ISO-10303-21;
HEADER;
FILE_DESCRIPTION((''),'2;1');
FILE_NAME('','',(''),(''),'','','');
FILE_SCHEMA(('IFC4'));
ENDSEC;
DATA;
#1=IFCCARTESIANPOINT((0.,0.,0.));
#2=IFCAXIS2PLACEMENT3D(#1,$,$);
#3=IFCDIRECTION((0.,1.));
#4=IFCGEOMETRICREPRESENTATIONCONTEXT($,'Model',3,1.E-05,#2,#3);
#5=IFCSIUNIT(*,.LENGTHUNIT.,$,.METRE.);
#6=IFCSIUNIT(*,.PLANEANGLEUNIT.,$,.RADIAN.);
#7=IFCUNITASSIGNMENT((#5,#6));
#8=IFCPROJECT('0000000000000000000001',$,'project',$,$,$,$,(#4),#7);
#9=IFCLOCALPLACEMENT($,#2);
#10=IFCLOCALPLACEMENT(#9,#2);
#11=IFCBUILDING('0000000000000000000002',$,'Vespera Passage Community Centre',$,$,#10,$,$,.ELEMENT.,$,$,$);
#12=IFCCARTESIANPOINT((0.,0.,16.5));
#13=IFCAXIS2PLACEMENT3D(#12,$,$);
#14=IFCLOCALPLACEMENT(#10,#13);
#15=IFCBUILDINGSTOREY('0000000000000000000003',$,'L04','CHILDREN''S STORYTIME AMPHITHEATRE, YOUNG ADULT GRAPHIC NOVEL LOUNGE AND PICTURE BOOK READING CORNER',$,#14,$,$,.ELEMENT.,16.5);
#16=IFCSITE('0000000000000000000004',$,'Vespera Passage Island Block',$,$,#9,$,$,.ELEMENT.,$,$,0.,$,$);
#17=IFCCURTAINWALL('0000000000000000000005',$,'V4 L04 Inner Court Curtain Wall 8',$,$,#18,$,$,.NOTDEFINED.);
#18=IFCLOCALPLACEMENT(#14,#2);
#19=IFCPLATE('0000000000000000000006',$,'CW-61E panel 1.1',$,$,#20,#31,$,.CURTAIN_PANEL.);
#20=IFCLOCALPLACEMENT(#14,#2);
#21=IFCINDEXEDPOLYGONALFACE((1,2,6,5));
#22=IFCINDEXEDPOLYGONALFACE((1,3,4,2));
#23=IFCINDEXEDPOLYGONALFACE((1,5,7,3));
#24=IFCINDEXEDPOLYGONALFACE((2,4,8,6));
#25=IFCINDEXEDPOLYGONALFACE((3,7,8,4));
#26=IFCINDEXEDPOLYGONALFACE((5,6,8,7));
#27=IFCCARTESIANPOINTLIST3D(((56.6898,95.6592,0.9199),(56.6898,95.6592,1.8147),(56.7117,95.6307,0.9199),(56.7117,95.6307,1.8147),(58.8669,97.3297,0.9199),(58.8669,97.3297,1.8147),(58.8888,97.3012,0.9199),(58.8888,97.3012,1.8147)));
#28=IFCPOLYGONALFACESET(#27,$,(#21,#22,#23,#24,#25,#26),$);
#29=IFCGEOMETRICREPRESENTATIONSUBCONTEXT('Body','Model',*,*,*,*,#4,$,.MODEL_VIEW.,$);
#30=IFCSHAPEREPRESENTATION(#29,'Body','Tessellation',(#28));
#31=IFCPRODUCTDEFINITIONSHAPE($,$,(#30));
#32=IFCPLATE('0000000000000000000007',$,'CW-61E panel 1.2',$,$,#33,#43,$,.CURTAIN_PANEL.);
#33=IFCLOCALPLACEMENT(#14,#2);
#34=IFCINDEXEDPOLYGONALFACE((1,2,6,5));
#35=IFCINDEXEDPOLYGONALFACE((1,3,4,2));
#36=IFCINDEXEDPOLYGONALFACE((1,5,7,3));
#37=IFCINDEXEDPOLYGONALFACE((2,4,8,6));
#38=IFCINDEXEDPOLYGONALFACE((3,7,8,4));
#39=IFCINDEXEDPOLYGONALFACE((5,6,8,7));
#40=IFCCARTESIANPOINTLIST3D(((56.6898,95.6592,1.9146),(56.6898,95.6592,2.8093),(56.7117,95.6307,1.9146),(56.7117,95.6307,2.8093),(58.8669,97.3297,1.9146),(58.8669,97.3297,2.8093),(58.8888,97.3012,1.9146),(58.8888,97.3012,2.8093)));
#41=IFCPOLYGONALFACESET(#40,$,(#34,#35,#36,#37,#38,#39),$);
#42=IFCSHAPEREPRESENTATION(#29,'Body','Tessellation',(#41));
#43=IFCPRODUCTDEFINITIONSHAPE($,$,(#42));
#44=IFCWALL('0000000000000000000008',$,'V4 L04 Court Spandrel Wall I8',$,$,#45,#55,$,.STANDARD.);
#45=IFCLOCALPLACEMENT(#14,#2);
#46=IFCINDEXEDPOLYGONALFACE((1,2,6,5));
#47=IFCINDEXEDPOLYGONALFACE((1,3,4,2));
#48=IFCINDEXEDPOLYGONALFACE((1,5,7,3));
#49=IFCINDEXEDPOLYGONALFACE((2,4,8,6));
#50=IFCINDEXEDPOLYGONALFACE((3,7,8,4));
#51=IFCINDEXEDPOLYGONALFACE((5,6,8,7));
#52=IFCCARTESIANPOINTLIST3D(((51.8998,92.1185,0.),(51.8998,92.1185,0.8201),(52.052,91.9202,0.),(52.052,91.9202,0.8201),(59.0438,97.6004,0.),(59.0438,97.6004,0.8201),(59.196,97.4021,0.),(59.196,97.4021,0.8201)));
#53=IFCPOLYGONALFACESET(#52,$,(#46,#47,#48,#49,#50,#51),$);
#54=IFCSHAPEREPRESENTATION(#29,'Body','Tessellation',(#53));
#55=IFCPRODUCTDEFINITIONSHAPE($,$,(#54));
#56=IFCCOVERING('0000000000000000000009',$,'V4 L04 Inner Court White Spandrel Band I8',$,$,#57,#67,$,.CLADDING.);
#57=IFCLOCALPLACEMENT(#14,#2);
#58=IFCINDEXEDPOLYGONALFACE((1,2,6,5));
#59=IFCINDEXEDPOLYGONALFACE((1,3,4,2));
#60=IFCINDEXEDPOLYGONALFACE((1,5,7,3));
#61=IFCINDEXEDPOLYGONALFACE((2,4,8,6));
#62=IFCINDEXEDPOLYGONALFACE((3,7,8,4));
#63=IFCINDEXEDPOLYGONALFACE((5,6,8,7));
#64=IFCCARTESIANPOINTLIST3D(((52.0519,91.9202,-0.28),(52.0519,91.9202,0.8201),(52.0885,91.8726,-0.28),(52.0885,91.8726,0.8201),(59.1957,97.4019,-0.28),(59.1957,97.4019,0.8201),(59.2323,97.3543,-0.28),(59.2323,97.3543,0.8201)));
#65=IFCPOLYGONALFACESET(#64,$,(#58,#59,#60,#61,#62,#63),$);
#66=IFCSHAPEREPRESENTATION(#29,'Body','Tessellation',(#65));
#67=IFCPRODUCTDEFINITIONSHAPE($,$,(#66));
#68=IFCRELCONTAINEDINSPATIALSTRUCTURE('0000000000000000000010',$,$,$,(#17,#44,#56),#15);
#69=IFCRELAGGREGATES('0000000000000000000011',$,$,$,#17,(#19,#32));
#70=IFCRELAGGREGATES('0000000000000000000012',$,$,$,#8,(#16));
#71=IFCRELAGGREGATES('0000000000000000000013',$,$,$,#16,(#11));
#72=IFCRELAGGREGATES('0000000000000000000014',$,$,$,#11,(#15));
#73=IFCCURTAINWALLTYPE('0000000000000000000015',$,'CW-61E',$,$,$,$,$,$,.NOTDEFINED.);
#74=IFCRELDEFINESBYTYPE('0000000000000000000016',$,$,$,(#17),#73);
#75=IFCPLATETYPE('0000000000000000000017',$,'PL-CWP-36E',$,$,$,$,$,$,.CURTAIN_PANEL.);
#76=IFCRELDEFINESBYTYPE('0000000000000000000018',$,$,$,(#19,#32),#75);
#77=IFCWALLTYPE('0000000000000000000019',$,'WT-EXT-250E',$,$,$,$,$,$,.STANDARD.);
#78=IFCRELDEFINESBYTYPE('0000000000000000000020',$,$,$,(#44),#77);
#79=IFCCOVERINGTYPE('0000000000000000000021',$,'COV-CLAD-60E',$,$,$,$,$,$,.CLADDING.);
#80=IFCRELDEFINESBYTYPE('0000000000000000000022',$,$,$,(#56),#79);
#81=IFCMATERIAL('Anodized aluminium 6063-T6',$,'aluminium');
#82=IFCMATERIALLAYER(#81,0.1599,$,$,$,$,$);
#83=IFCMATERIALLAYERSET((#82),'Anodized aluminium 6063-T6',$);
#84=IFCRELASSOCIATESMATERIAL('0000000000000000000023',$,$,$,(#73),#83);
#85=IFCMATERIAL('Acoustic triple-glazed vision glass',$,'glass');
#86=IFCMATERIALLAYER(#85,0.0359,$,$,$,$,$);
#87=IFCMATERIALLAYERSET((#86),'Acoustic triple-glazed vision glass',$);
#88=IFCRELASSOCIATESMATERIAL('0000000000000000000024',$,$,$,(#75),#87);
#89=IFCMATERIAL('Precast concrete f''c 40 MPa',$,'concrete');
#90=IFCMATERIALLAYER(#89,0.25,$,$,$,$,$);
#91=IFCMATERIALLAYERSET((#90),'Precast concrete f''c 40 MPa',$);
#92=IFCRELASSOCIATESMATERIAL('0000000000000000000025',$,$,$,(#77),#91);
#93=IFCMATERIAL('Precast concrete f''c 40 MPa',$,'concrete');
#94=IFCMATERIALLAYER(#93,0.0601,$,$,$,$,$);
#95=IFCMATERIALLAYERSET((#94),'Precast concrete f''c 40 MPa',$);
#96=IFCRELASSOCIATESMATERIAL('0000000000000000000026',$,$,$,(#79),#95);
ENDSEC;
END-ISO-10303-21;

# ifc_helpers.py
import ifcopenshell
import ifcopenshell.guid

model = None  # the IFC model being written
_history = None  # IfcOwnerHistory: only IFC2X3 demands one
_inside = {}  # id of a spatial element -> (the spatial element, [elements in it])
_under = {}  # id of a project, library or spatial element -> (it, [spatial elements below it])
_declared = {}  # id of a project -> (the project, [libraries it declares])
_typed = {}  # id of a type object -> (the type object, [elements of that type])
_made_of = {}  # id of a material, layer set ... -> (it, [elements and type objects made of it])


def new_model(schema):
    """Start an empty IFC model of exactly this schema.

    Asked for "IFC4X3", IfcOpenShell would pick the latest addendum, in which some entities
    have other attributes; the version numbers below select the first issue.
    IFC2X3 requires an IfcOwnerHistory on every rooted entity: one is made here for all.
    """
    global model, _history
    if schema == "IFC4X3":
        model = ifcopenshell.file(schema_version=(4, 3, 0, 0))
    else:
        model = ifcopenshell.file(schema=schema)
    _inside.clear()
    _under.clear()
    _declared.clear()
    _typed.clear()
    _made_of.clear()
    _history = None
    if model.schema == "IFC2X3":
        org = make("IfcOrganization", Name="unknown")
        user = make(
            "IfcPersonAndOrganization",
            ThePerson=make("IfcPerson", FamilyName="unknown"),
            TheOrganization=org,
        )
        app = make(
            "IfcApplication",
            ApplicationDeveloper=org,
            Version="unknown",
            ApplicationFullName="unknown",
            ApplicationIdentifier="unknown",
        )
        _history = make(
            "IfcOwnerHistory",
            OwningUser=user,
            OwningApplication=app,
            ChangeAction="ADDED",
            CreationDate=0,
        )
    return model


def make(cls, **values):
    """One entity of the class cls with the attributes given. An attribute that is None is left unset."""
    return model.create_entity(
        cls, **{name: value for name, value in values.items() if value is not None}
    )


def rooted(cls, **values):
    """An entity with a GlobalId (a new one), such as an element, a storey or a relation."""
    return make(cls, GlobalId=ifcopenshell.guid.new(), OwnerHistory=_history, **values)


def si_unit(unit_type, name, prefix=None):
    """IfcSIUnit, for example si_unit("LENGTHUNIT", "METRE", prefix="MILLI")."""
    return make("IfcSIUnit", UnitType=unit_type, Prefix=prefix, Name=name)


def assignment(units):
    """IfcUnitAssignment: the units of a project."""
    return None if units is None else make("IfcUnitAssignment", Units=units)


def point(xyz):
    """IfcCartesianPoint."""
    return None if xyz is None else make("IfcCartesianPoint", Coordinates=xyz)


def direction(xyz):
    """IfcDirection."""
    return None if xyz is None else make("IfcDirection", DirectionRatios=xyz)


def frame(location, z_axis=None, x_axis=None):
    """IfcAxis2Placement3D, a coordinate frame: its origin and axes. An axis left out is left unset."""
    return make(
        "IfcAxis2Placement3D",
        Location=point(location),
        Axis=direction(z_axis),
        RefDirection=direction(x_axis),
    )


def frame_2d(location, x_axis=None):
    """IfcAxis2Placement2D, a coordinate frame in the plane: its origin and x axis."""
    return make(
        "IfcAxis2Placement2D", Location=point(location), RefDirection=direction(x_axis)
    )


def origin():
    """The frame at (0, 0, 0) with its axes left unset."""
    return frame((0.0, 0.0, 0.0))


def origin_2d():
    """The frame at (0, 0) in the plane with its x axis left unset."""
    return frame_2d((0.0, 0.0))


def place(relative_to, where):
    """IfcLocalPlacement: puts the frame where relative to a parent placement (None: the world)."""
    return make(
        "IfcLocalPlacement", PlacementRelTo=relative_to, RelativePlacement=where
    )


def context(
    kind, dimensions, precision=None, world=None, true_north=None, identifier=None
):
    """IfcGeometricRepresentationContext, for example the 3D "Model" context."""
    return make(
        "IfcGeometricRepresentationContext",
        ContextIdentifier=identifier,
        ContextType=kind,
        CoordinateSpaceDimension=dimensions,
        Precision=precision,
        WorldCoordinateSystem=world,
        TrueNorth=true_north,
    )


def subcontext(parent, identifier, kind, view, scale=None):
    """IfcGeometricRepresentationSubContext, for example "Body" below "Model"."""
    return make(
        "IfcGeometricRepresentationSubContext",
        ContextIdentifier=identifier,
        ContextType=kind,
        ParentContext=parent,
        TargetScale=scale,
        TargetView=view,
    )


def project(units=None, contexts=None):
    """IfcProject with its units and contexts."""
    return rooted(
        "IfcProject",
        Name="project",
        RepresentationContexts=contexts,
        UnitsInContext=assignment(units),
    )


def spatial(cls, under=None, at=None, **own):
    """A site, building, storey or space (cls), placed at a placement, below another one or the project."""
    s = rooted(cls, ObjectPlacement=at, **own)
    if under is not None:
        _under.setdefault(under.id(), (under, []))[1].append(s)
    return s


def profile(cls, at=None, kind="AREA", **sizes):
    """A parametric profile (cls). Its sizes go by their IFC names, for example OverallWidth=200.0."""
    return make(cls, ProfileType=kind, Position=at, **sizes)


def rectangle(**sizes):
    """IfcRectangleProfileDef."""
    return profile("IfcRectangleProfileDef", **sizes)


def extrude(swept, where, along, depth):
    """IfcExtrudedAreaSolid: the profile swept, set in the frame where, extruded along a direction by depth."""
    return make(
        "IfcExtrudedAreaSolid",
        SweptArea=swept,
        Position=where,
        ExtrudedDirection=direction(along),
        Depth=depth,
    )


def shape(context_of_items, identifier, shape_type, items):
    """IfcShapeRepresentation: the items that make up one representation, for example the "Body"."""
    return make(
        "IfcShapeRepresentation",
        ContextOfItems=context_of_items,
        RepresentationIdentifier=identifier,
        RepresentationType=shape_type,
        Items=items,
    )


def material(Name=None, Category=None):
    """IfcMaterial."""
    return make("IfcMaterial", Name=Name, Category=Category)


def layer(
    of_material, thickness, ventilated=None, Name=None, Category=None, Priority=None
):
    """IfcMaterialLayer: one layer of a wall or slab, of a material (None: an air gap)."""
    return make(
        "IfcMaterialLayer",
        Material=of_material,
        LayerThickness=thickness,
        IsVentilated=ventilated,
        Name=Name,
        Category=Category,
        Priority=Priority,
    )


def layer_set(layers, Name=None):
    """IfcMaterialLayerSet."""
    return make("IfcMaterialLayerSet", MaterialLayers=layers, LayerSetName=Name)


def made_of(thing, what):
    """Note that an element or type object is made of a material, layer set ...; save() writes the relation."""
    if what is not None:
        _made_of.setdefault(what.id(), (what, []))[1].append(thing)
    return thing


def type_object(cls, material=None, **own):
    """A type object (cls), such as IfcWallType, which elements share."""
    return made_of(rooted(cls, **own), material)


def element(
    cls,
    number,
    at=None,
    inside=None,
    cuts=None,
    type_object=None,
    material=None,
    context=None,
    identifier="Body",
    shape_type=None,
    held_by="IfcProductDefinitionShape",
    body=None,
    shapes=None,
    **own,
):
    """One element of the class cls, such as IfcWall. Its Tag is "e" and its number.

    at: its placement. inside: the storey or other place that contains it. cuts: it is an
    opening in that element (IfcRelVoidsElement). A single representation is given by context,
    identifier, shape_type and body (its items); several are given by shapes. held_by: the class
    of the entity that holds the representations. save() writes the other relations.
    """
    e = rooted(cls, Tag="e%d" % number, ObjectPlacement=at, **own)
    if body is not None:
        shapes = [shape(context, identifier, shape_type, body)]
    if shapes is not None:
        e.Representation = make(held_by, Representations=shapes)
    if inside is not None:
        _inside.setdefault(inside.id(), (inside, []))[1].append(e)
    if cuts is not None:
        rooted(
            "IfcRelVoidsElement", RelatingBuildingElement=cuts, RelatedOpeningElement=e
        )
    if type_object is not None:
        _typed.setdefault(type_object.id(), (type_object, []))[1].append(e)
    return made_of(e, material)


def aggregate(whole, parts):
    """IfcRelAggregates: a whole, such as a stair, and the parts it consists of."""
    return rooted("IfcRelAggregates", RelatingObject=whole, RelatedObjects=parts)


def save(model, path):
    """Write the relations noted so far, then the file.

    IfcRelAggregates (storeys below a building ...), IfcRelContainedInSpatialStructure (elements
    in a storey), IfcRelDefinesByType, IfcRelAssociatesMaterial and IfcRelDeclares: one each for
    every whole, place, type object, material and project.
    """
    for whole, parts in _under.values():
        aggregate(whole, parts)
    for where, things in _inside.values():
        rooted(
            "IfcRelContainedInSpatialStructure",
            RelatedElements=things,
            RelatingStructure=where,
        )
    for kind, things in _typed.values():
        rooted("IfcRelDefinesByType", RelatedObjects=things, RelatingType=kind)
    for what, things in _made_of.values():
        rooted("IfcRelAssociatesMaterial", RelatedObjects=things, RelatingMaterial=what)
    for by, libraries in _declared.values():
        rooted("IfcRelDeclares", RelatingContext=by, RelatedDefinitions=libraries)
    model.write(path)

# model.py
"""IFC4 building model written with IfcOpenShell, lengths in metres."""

from ifc_helpers import new_model, si_unit, direction, frame, frame_2d, origin, origin_2d, place, context, subcontext, project, spatial, rectangle, extrude, material, layer, layer_set, type_object, element, aggregate, save


model = new_model("IFC4")

# Units and contexts
model_context = context("Model", 3, precision=1e-05, world=origin(), true_north=direction((0.0, 1.0)))
body_context = subcontext(model_context, "Body", "Model", "MODEL_VIEW")
ifc_project = project(units=[si_unit("LENGTHUNIT", "METRE"), si_unit("PLANEANGLEUNIT", "RADIAN")], contexts=[model_context])

# Site, building, storey
site_placement = place(None, origin())
site = spatial("IfcSite", under=ifc_project, at=site_placement, Name="Vespera Passage Island Block", CompositionType="ELEMENT", RefElevation=0.0)
building_placement = place(site_placement, origin())
building = spatial("IfcBuilding", under=site, at=building_placement, Name="Vespera Passage Community Centre", CompositionType="ELEMENT")
storey_placement = place(building_placement, frame((0.0, 0.0, 16.5)))
storey = spatial("IfcBuildingStorey", under=building, at=storey_placement, Name="L04", Description="CHILDREN'S STORYTIME AMPHITHEATRE, YOUNG ADULT GRAPHIC NOVEL LOUNGE AND PICTURE BOOK READING CORNER", CompositionType="ELEMENT", Elevation=16.5)

# Curtain wall
ifc_material_1 = material(Name="Anodized aluminium 6063-T6", Category="aluminium")
ifc_layer_1 = layer(ifc_material_1, 0.1599)
ifc_layer_set_1 = layer_set([ifc_layer_1], Name="Anodized aluminium 6063-T6")
curtain_wall_type_1 = type_object("IfcCurtainWallType", Name="CW-61E", PredefinedType="NOTDEFINED", material=ifc_layer_set_1)
curtain_wall_1_placement = place(storey_placement, origin())
curtain_wall_1 = element("IfcCurtainWall", 1, at=curtain_wall_1_placement, inside=storey, type_object=curtain_wall_type_1, Name="V4 L04 Inner Court Curtain Wall 8", PredefinedType="NOTDEFINED")

# Plates
ifc_material_2 = material(Name="Acoustic triple-glazed vision glass", Category="glass")
ifc_layer_2 = layer(ifc_material_2, 0.0359)
ifc_layer_set_2 = layer_set([ifc_layer_2], Name="Acoustic triple-glazed vision glass")
plate_type_1 = type_object("IfcPlateType", Name="PL-CWP-36E", PredefinedType="CURTAIN_PANEL", material=ifc_layer_set_2)
plate_1_placement = place(storey_placement, frame((57.7893, 96.4802, 0.9199), z_axis=(0.0, 0.0, 1.0), x_axis=(-0.793358, -0.608755, 0.0)))
plate_1 = element("IfcPlate", 2, at=plate_1_placement, type_object=plate_type_1, Name="CW-61E panel 1.1", PredefinedType="CURTAIN_PANEL", context=body_context, shape_type="SweptSolid", body=[
    extrude(rectangle(XDim=2.7441, YDim=0.0359, at=origin_2d()), origin(), (0.0, 0.0, 1.0), 0.8948),
])
plate_2_placement = place(storey_placement, frame((57.7893, 96.4802, 1.9146), z_axis=(0.0, 0.0, 1.0), x_axis=(-0.793358, -0.608755, 0.0)))
plate_2 = element("IfcPlate", 3, at=plate_2_placement, type_object=plate_type_1, Name="CW-61E panel 1.2", PredefinedType="CURTAIN_PANEL", context=body_context, shape_type="SweptSolid", body=[
    extrude(rectangle(XDim=2.7441, YDim=0.0359, at=origin_2d()), origin(), (0.0, 0.0, 1.0), 0.8948),
])
aggregate(curtain_wall_1, [plate_1, plate_2])

# Wall
ifc_material_3 = material(Name="Precast concrete f'c 40 MPa", Category="concrete")
ifc_layer_3 = layer(ifc_material_3, 0.25)
ifc_layer_set_3 = layer_set([ifc_layer_3], Name="Precast concrete f'c 40 MPa")
wall_type = type_object("IfcWallType", Name="WT-EXT-250E", PredefinedType="STANDARD", material=ifc_layer_set_3)
wall_placement = place(storey_placement, frame((59.1199, 97.5012, 0.0), z_axis=(0.0, 0.0, 1.0), x_axis=(-0.793347, -0.60877, 0.0)))
element("IfcWall", 4, at=wall_placement, inside=storey, type_object=wall_type, Name="V4 L04 Court Spandrel Wall I8", PredefinedType="STANDARD", context=body_context, shape_type="SweptSolid", body=[
    extrude(rectangle(XDim=9.0049, YDim=0.25, at=frame_2d((4.5024, 0.0))), origin(), (0.0, 0.0, 1.0), 0.8201),
])

# Covering
ifc_material_4 = material(Name="Precast concrete f'c 40 MPa", Category="concrete")
ifc_layer_4 = layer(ifc_material_4, 0.0601)
ifc_layer_set_4 = layer_set([ifc_layer_4], Name="Precast concrete f'c 40 MPa")
covering_type = type_object("IfcCoveringType", Name="COV-CLAD-60E", PredefinedType="CLADDING", material=ifc_layer_set_4)
covering_placement = place(storey_placement, frame((59.2141, 97.3782, -0.28), z_axis=(0.0, 0.0, 1.0), x_axis=(-0.79335, -0.608766, 0.0)))
element("IfcCovering", 5, at=covering_placement, inside=storey, type_object=covering_type, Name="V4 L04 Inner Court White Spandrel Band I8", PredefinedType="CLADDING", context=body_context, shape_type="SweptSolid", body=[
    extrude(rectangle(XDim=9.0046, YDim=0.0601, at=frame_2d((4.5024, 0.0))), origin(), (0.0, 0.0, 1.0), 1.1001),
])

save(model, "model.ifc")
